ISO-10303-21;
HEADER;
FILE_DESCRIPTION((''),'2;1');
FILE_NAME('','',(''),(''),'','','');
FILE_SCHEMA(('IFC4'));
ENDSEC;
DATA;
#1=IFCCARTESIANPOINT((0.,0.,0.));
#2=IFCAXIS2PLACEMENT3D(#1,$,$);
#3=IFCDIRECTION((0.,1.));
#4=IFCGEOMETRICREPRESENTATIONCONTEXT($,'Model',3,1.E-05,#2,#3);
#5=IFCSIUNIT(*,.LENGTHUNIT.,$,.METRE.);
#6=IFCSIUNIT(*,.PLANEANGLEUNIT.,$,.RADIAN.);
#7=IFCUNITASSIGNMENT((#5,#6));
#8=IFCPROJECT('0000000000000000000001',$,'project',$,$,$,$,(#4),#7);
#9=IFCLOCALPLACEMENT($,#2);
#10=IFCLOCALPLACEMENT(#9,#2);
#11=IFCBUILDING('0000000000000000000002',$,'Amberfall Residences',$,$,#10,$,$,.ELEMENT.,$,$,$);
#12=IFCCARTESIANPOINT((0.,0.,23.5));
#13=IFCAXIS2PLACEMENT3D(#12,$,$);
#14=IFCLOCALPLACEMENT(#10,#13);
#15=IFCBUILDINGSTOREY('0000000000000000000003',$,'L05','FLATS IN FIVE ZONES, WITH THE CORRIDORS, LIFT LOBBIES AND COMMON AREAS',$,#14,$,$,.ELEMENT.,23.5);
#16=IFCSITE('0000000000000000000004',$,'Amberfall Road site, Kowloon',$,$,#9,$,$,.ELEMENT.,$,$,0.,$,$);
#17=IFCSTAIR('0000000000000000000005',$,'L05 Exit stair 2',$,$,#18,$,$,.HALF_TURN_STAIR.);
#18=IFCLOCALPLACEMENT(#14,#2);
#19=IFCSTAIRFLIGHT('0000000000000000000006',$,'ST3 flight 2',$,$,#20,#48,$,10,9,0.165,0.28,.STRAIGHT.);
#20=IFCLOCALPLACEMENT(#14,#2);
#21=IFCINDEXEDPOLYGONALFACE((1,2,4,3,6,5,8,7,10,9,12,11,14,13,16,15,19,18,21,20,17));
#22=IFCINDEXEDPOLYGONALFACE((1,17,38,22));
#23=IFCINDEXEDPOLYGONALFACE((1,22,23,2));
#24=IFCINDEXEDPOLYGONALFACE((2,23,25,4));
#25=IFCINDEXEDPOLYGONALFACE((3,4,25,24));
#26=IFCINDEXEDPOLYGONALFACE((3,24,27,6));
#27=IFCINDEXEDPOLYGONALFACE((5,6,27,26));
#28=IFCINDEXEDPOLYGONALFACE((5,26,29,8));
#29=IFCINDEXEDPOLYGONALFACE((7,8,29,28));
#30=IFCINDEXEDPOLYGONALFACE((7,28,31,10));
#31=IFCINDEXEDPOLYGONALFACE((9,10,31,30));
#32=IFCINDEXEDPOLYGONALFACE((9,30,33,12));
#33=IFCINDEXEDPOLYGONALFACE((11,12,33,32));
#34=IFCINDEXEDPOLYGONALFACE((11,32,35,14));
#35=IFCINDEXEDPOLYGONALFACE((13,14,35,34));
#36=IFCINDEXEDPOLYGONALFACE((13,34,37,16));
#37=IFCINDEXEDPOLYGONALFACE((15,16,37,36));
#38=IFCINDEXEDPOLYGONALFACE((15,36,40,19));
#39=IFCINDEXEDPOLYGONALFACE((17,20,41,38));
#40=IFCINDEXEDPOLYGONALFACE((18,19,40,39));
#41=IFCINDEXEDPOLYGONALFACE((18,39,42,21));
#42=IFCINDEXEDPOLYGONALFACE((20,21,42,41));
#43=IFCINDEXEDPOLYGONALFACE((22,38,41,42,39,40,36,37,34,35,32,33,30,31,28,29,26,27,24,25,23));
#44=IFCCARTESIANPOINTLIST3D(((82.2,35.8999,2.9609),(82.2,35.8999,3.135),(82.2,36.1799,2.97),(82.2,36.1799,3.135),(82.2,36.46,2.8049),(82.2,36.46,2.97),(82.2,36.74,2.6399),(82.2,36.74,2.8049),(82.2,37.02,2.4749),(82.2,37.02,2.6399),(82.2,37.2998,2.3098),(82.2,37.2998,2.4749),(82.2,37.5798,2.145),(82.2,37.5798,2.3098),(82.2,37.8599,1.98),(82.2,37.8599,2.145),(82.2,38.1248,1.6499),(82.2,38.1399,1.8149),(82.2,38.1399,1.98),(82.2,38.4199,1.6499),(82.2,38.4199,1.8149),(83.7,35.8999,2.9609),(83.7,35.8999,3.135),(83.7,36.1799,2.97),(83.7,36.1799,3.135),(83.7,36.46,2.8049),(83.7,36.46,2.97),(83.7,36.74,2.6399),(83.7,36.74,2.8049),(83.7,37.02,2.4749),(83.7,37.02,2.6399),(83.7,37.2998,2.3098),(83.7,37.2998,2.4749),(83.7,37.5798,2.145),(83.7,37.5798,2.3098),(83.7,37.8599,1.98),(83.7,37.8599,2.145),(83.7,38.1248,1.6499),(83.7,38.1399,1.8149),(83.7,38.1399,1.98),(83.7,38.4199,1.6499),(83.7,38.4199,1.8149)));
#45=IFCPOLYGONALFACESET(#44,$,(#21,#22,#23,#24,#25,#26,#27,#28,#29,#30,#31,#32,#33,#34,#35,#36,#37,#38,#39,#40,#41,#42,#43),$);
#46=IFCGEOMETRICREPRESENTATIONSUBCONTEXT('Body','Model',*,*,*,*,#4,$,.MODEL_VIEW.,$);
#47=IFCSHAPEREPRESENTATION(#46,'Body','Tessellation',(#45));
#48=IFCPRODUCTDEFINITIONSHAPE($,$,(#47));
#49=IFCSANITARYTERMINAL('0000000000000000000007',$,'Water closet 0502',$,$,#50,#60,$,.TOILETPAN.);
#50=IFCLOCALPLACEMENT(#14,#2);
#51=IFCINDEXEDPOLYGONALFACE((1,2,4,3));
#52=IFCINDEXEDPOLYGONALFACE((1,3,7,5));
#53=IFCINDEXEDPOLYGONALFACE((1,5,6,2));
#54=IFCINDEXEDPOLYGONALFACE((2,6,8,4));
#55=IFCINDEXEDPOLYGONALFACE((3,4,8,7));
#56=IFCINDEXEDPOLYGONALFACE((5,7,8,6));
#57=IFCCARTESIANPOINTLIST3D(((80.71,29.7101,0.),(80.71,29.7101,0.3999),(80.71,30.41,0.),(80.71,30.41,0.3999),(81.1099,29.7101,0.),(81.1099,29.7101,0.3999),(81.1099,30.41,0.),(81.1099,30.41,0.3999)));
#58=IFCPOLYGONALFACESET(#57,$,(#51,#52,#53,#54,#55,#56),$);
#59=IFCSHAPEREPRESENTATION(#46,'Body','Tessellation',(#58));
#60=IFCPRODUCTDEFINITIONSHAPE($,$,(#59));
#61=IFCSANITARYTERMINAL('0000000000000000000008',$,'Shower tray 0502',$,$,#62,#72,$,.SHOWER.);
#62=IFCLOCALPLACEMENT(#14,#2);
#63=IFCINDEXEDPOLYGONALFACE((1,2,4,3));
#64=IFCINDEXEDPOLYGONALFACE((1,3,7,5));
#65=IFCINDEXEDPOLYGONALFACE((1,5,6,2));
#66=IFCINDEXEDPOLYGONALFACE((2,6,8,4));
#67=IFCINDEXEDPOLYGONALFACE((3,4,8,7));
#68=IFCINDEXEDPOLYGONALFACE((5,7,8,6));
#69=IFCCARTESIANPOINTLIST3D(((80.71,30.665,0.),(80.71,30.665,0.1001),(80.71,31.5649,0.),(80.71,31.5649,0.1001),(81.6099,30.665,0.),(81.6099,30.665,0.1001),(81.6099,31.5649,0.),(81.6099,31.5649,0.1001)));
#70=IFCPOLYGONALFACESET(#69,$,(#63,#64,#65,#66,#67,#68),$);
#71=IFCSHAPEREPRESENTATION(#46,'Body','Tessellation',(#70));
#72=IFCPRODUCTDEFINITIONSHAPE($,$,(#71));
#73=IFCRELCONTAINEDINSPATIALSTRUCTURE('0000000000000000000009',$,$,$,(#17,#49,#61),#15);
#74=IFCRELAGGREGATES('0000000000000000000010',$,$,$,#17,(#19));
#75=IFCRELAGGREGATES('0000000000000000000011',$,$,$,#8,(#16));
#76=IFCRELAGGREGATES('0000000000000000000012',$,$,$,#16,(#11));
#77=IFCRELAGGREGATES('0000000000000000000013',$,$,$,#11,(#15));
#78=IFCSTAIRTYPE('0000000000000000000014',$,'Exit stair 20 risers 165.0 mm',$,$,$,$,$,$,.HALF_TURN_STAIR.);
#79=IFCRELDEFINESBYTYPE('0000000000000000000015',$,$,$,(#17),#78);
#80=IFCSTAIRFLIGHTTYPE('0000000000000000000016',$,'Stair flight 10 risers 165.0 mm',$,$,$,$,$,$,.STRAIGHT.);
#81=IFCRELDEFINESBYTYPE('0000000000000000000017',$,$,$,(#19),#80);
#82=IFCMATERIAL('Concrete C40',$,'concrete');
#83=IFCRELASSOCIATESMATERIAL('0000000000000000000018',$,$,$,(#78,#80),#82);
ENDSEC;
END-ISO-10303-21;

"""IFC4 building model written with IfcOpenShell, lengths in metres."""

from ifc_helpers import new_model, si_unit, direction, frame, origin, origin_2d, place, context, subcontext, project, spatial, polyline, rectangle, outline, extrude, material, type_object, element, aggregate, save


model = new_model("IFC4")

# Units and contexts
model_context = context("Model", 3, precision=1e-05, world=origin(), true_north=direction((0.0, 1.0)))
body_context = subcontext(model_context, "Body", "Model", "MODEL_VIEW")
ifc_project = project(units=[si_unit("LENGTHUNIT", "METRE"), si_unit("PLANEANGLEUNIT", "RADIAN")], contexts=[model_context])

# Site, building, storey
site_placement = place(None, origin())
site = spatial("IfcSite", under=ifc_project, at=site_placement, Name="Amberfall Road site, Kowloon", CompositionType="ELEMENT", RefElevation=0.0)
building_placement = place(site_placement, origin())
building = spatial("IfcBuilding", under=site, at=building_placement, Name="Amberfall Residences", CompositionType="ELEMENT")
storey_placement = place(building_placement, frame((0.0, 0.0, 23.5)))
storey = spatial("IfcBuildingStorey", under=building, at=storey_placement, Name="L05", Description="FLATS IN FIVE ZONES, WITH THE CORRIDORS, LIFT LOBBIES AND COMMON AREAS", CompositionType="ELEMENT", Elevation=23.5)

# Stair, stair flight
ifc_material_1 = material(Name="Concrete C40", Category="concrete")
stair_type = type_object("IfcStairType", Name="Exit stair 20 risers 165.0 mm", PredefinedType="HALF_TURN_STAIR", material=ifc_material_1)
stair_placement = place(storey_placement, origin())
stair = element("IfcStair", 1, at=stair_placement, inside=storey, type_object=stair_type, Name="L05 Exit stair 2", PredefinedType="HALF_TURN_STAIR")
stair_flight_type = type_object("IfcStairFlightType", Name="Stair flight 10 risers 165.0 mm", PredefinedType="STRAIGHT", material=ifc_material_1)
stair_flight_placement = place(storey_placement, frame((82.95, 38.4199, 1.6499), z_axis=(0.0, 0.0, 1.0), x_axis=(0.0, -1.0, 0.0)))
stair_flight = element("IfcStairFlight", 2, at=stair_flight_placement, type_object=stair_flight_type, Name="ST3 flight 2", NumberOfRisers=10, NumberOfTreads=9, PredefinedType="STRAIGHT", RiserHeight=0.165, TreadLength=0.28, context=body_context, shape_type="SweptSolid", body=[
    extrude(outline(polyline([(0.0, 0.0), (0.0, 0.165), (0.28, 0.165), (0.28, 0.3301), (0.5601, 0.3301), (0.5601, 0.4951), (0.8401, 0.4951), (0.8401, 0.6599), (1.1201, 0.6599), (1.1201, 0.825), (1.3999, 0.825), (1.3999, 0.99), (1.6799, 0.99), (1.6799, 1.155), (1.96, 1.155), (1.96, 1.3201), (2.24, 1.3201), (2.24, 1.4851), (2.52, 1.4851), (2.52, 1.6499), (2.52, 1.311), (0.2952, 0.0), (0.0, 0.0)])), frame((0.0, 0.75, 0.0), z_axis=(0.0, -1.0, 0.0), x_axis=(1.0, 0.0, 0.0)), (0.0, 0.0, 1.0), 1.5),
])
aggregate(stair, [stair_flight])

# Sanitary terminals
sanitary_terminal_1_placement = place(storey_placement, frame((80.9099, 30.0601, 0.0), z_axis=(0.0, 0.0, 1.0), x_axis=(1.0, 0.0, 0.0)))
element("IfcSanitaryTerminal", 3, at=sanitary_terminal_1_placement, inside=storey, Name="Water closet 0502", PredefinedType="TOILETPAN", context=body_context, shape_type="SweptSolid", body=[
    extrude(rectangle(XDim=0.3999, YDim=0.7, at=origin_2d()), origin(), (0.0, 0.0, 1.0), 0.3999),
])
sanitary_terminal_2_placement = place(storey_placement, frame((81.1599, 31.115, 0.0), z_axis=(0.0, 0.0, 1.0), x_axis=(1.0, 0.0, 0.0)))
element("IfcSanitaryTerminal", 4, at=sanitary_terminal_2_placement, inside=storey, Name="Shower tray 0502", PredefinedType="SHOWER", context=body_context, shape_type="SweptSolid", body=[
    extrude(rectangle(XDim=0.8999, YDim=0.8999, at=origin_2d()), origin(), (0.0, 0.0, 1.0), 0.1001),
])

save(model, "model.ifc")
